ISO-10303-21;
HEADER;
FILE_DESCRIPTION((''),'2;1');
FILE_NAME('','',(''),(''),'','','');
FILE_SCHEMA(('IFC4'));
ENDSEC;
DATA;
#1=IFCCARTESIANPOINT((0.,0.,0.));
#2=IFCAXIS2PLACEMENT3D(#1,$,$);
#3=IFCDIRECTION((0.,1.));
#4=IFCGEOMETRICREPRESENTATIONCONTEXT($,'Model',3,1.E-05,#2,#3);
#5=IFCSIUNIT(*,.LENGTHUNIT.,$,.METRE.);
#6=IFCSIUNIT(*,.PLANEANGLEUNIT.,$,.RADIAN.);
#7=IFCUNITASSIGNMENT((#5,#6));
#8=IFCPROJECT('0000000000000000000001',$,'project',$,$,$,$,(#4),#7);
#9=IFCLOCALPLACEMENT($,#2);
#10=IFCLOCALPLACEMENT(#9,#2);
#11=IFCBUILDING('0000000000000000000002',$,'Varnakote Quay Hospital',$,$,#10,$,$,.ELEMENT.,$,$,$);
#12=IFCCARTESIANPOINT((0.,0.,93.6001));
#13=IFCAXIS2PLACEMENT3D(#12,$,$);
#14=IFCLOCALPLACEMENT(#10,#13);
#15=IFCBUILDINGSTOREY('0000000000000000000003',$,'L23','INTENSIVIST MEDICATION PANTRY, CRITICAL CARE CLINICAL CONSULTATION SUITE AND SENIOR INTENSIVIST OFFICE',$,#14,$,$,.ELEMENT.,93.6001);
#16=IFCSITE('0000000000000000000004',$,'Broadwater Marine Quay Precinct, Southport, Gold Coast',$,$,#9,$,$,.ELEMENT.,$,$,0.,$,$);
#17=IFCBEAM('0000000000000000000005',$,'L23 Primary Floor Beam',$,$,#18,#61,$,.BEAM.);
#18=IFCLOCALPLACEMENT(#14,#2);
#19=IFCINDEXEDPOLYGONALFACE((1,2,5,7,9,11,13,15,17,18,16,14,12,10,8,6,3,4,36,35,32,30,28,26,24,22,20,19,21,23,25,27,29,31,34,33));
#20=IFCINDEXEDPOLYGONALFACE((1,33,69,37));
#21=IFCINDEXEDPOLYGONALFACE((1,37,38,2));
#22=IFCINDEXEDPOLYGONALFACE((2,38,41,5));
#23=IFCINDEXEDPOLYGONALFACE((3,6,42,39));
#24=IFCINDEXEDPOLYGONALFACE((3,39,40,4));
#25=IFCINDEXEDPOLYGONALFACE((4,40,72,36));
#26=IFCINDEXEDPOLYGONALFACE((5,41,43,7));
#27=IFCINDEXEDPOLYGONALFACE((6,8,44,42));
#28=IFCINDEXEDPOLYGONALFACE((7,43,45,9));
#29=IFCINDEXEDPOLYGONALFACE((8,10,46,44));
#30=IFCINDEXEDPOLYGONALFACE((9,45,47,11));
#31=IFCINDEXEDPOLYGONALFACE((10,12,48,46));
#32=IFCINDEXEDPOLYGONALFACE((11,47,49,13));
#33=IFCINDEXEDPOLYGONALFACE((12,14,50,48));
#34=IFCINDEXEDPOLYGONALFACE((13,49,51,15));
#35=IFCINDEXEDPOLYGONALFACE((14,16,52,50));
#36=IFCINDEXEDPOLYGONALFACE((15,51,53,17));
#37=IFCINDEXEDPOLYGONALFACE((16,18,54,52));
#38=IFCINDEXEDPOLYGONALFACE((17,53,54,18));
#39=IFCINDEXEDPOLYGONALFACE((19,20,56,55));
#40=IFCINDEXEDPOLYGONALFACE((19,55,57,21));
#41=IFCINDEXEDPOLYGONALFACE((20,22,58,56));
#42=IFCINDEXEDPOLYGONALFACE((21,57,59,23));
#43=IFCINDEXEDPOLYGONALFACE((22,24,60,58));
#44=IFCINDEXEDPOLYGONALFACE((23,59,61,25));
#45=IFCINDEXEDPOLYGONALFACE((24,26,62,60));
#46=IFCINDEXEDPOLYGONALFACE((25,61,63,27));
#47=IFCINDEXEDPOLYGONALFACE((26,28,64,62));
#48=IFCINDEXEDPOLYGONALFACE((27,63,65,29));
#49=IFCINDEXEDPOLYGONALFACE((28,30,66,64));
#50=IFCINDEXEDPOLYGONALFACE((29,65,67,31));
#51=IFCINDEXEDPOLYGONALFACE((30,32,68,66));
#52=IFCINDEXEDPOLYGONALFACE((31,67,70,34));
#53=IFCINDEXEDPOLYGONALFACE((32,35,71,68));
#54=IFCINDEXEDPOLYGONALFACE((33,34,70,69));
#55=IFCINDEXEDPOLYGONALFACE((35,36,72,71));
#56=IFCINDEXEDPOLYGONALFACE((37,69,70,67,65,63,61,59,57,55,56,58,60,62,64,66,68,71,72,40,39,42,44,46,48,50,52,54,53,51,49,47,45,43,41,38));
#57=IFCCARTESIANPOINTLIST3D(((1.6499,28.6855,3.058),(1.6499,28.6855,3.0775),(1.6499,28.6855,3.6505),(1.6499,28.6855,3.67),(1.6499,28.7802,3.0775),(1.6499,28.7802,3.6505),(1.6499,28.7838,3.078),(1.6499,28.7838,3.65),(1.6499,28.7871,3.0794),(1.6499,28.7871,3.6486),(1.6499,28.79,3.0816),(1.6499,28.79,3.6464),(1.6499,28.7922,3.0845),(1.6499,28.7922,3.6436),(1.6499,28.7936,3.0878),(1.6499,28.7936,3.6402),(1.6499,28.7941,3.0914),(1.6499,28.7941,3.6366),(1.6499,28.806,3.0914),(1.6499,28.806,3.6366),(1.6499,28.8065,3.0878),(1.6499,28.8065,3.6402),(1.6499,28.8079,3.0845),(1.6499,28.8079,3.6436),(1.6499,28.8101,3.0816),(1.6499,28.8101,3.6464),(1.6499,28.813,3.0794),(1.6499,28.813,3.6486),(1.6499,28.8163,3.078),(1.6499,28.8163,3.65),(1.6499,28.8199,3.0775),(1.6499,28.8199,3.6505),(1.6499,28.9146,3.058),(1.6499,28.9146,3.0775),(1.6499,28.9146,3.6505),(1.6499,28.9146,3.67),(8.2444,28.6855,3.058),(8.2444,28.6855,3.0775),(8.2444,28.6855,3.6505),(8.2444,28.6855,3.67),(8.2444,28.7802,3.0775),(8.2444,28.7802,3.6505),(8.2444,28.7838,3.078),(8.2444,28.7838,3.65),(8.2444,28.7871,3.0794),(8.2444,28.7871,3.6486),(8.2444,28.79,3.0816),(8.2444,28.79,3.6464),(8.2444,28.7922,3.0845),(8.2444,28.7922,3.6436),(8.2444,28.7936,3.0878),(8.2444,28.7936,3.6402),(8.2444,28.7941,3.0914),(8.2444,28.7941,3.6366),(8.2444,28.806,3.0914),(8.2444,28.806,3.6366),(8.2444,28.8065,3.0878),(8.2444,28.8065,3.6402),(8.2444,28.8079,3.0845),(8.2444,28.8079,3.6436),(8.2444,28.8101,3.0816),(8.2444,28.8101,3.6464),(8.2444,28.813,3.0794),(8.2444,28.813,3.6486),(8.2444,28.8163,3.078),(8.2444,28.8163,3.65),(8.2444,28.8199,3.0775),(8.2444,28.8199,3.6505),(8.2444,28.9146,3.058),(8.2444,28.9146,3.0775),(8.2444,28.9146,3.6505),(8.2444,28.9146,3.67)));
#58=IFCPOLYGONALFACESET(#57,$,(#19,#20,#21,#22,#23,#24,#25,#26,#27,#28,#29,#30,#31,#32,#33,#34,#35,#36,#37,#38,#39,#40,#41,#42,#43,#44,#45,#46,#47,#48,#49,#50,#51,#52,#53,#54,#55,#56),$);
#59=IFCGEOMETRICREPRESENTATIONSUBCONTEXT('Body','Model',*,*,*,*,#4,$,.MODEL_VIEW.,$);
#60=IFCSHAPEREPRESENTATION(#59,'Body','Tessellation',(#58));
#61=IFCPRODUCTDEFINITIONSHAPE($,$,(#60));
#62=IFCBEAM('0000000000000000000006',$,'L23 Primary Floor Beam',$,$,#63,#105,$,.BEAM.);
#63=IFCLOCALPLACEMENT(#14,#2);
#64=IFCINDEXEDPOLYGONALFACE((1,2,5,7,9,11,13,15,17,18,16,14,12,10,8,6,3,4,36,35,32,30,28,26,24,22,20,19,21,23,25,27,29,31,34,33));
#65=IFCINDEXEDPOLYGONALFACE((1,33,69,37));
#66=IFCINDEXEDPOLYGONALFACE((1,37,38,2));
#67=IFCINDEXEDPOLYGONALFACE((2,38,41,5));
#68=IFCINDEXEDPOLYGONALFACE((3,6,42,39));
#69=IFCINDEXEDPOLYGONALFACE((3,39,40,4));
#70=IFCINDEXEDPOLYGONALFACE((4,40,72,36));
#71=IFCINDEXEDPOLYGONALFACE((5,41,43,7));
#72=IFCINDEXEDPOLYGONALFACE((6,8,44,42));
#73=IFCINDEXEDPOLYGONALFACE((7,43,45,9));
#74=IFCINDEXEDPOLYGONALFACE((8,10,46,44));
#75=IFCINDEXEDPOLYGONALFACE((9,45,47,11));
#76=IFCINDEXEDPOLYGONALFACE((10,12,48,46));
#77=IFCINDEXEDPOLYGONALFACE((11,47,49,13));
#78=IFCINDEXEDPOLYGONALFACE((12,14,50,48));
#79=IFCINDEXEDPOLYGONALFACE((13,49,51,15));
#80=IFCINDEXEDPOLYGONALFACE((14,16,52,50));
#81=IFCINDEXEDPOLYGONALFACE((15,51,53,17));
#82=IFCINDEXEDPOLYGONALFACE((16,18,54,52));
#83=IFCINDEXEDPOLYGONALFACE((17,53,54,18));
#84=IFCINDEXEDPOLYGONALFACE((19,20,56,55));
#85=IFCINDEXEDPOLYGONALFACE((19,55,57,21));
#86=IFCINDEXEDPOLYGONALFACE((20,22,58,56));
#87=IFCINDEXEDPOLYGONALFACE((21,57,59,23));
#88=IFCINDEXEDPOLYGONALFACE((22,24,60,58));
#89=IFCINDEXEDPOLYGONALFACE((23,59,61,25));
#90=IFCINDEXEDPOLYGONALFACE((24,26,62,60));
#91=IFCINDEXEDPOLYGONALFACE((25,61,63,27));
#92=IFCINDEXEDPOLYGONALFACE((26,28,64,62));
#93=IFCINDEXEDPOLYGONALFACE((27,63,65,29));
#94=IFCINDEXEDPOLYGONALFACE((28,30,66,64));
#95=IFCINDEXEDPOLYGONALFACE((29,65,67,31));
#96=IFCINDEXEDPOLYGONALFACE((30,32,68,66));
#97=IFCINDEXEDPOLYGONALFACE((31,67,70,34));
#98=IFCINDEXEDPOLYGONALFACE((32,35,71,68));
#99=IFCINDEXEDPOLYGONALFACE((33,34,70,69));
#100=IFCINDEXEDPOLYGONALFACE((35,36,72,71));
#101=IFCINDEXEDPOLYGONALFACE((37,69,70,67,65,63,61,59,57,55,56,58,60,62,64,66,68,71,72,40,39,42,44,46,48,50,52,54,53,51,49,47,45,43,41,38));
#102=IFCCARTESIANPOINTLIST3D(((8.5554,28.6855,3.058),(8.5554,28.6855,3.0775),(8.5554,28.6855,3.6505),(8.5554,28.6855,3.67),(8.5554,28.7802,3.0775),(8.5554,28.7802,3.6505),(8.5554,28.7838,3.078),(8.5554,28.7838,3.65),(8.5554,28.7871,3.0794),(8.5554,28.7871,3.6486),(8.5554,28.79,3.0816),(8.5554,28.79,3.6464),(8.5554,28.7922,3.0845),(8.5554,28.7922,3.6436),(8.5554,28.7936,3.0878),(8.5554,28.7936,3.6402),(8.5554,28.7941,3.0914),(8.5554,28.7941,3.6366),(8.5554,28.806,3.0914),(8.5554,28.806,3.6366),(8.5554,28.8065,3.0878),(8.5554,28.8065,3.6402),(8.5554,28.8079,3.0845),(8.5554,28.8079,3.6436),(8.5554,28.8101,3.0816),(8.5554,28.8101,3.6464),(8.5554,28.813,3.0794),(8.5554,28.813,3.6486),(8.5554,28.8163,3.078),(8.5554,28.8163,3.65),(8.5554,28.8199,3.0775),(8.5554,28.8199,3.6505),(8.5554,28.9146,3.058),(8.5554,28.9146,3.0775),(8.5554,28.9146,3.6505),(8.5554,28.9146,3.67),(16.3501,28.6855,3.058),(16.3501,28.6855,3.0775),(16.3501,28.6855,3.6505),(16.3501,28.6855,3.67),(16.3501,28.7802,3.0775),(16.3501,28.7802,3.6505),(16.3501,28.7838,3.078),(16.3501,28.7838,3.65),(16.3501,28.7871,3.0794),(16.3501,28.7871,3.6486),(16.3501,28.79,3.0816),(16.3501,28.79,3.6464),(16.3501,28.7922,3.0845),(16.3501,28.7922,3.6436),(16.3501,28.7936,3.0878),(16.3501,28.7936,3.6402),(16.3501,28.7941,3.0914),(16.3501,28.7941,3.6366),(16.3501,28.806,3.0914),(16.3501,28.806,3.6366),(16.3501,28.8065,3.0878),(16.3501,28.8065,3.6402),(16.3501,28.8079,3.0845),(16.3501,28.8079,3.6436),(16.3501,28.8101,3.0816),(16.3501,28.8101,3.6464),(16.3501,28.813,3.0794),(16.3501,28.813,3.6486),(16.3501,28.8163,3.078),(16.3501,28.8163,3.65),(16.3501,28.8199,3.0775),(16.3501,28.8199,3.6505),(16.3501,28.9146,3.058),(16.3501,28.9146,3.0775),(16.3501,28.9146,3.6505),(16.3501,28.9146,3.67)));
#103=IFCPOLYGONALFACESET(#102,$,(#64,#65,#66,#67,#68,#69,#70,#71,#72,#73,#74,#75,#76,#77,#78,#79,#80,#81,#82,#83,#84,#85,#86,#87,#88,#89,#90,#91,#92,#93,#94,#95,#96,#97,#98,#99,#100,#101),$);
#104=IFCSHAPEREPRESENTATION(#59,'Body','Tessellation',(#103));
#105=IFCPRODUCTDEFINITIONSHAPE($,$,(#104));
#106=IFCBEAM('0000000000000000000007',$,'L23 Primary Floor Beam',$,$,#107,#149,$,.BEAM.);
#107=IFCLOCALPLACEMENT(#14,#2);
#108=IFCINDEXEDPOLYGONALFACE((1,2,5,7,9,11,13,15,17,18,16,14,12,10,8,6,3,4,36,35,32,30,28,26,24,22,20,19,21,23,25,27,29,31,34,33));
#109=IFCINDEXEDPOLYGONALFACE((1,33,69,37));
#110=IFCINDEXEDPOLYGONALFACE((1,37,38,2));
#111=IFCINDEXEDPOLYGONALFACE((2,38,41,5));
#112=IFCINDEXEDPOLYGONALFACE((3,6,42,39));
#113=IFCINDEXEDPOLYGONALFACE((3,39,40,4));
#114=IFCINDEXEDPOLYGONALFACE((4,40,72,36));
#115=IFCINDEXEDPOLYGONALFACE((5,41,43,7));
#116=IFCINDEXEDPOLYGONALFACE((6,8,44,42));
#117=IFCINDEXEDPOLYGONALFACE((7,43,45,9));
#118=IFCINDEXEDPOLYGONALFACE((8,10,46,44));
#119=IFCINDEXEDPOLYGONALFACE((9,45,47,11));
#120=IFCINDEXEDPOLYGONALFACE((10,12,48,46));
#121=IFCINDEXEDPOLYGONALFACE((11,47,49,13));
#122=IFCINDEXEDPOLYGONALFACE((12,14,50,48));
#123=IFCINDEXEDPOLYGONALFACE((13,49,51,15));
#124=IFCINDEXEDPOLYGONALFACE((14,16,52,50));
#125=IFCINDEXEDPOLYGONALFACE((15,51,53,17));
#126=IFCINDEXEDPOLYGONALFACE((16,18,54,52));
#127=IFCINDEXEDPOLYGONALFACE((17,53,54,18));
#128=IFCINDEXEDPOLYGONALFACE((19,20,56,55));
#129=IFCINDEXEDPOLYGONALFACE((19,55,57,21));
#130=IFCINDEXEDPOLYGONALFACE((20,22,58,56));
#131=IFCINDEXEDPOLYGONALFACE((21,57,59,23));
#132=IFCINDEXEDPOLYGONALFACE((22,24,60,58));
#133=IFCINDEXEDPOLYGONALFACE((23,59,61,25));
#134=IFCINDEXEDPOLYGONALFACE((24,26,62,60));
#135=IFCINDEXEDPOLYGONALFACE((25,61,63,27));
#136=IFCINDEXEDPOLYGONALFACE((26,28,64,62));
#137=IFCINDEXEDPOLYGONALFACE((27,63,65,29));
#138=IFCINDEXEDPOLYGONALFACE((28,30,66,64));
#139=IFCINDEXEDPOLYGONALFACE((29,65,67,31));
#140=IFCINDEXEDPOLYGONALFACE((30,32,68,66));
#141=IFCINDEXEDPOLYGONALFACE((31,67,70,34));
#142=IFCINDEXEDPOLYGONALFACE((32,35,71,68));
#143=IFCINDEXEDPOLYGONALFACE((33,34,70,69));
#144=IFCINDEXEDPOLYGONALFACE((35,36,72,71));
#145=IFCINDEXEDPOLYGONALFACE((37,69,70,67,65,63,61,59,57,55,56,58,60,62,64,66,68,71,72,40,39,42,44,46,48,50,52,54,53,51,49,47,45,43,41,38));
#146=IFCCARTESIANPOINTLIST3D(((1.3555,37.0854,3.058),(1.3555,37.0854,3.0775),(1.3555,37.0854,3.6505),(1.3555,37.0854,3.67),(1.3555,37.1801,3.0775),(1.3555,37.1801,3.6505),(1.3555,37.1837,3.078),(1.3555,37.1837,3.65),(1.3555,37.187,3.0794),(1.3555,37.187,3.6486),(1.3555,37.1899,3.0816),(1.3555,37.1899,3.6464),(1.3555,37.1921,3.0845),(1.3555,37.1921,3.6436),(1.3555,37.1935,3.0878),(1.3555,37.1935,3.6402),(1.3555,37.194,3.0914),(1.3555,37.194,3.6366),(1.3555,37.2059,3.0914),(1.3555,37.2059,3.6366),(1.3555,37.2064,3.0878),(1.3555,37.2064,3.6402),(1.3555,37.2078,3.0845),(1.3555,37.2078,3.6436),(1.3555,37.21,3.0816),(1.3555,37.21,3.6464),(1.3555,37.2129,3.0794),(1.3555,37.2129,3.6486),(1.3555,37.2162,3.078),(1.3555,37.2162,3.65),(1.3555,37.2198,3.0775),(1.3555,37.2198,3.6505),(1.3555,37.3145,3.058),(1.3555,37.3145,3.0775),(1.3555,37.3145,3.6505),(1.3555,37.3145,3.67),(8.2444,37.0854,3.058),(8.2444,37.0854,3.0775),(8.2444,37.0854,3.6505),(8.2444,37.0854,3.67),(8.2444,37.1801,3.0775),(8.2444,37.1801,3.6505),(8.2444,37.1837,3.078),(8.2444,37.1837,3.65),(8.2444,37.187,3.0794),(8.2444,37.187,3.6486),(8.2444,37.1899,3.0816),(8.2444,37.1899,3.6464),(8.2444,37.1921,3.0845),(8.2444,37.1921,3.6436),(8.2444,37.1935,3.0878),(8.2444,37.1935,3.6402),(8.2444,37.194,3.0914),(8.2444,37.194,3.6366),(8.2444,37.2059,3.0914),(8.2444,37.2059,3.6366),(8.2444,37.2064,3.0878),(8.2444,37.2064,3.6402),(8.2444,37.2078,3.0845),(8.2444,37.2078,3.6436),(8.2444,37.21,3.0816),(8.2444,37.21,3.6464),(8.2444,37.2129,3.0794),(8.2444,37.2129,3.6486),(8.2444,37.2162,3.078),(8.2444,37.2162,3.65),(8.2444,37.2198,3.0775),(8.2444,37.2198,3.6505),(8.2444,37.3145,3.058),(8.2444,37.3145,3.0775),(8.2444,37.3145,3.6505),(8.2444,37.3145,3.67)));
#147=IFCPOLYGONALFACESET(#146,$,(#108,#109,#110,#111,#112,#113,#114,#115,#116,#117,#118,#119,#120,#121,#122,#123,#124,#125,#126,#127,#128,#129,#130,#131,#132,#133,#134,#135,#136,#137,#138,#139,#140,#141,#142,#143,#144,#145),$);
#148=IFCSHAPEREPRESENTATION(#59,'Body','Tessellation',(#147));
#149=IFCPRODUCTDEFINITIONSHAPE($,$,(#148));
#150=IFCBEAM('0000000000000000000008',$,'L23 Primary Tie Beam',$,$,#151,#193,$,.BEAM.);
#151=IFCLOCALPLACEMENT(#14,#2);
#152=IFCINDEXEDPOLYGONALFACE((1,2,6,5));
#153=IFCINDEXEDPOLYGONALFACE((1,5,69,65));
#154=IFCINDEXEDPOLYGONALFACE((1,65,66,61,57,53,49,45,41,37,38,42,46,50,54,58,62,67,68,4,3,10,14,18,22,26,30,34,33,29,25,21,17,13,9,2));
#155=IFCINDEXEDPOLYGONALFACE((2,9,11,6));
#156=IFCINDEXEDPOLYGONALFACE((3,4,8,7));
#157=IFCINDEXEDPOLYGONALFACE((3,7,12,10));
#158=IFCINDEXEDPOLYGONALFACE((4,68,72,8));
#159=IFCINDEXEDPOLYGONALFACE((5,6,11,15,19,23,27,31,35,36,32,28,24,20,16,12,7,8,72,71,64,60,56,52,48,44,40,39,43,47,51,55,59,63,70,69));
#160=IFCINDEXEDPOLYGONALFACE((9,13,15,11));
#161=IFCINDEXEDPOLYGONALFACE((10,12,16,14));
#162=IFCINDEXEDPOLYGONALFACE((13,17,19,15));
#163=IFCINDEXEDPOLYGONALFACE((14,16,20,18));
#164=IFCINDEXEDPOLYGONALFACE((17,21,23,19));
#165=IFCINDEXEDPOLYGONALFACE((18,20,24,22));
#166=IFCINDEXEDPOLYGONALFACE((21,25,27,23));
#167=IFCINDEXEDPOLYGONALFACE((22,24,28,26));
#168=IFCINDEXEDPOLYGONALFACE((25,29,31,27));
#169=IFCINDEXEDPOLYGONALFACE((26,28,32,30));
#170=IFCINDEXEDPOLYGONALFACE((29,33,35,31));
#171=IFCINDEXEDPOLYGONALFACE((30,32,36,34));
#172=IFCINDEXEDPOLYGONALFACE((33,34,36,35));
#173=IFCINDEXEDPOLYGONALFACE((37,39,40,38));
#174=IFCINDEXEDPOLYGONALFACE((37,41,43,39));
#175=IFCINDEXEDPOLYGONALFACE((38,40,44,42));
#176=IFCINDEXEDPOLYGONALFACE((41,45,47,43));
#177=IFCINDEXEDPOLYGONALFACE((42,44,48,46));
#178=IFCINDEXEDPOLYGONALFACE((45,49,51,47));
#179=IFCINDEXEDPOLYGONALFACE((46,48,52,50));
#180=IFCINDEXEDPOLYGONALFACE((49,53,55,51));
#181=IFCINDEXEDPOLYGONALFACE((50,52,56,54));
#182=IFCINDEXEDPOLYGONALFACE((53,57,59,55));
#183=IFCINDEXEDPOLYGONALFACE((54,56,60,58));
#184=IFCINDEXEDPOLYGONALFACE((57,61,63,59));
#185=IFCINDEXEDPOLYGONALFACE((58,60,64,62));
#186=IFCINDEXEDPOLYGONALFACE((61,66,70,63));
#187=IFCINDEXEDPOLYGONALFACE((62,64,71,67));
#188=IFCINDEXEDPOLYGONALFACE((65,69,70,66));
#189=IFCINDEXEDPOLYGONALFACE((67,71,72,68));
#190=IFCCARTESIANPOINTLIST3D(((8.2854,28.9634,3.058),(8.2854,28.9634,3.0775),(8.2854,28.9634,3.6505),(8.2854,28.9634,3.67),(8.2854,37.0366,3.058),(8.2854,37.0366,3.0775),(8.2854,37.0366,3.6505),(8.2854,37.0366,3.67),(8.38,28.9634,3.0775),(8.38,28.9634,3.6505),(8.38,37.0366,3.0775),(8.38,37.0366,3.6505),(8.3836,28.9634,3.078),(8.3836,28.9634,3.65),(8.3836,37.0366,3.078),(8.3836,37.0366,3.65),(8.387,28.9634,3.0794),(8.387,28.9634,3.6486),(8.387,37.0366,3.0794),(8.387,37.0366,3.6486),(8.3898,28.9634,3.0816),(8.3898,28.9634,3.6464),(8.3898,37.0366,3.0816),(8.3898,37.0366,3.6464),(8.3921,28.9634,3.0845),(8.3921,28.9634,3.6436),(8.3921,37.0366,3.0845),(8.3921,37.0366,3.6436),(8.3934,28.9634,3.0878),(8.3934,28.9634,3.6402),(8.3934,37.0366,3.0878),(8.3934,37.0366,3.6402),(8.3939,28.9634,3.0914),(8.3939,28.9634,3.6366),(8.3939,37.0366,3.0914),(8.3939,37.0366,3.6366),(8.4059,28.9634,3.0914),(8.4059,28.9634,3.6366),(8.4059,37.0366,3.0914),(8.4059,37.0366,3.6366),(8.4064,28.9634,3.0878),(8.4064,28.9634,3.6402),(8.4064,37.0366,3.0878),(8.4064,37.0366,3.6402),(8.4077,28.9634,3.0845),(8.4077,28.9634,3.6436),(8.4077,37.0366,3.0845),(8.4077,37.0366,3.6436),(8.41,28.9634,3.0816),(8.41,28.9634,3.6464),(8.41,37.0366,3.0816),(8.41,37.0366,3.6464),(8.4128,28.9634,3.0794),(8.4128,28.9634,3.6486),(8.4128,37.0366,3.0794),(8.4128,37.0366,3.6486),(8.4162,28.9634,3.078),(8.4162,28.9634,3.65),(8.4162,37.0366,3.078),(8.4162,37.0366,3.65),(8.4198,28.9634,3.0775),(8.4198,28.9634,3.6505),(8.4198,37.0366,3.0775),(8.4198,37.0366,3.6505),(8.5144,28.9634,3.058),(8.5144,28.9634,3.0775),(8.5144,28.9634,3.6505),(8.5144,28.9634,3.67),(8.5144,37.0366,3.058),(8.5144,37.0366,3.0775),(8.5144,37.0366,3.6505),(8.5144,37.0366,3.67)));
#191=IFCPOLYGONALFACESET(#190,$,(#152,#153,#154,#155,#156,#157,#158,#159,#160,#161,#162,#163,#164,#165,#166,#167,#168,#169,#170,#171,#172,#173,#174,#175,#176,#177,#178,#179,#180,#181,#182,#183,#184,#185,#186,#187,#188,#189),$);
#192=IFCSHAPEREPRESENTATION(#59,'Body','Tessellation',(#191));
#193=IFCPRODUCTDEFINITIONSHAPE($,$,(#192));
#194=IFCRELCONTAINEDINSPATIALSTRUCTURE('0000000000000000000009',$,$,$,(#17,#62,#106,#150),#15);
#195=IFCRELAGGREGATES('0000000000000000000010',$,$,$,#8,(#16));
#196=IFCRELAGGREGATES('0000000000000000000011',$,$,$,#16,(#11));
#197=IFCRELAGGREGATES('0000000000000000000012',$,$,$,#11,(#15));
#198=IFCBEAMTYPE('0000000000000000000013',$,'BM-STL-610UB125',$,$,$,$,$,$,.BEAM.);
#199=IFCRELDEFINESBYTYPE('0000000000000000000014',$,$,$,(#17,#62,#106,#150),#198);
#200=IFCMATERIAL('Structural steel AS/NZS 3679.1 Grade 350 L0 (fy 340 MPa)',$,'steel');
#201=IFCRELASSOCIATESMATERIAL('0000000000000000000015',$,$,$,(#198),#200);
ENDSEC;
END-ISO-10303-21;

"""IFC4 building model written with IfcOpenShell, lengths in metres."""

from ifc_helpers import new_model, si_unit, direction, frame, origin, origin_2d, place, context, subcontext, project, spatial, i_section, extrude, material, material_profile, profile_set, type_object, element, save


model = new_model("IFC4")

# Units and contexts
model_context = context("Model", 3, precision=1e-05, world=origin(), true_north=direction((0.0, 1.0)))
body_context = subcontext(model_context, "Body", "Model", "MODEL_VIEW")
ifc_project = project(units=[si_unit("LENGTHUNIT", "METRE"), si_unit("PLANEANGLEUNIT", "RADIAN")], contexts=[model_context])

# Site, building, storey
site_placement = place(None, origin())
site = spatial("IfcSite", under=ifc_project, at=site_placement, Name="Broadwater Marine Quay Precinct, Southport, Gold Coast", CompositionType="ELEMENT", RefElevation=0.0)
building_placement = place(site_placement, origin())
building = spatial("IfcBuilding", under=site, at=building_placement, Name="Varnakote Quay Hospital", CompositionType="ELEMENT")
storey_placement = place(building_placement, frame((0.0, 0.0, 93.6001)))
storey = spatial("IfcBuildingStorey", under=building, at=storey_placement, Name="L23", Description="INTENSIVIST MEDICATION PANTRY, CRITICAL CARE CLINICAL CONSULTATION SUITE AND SENIOR INTENSIVIST OFFICE", CompositionType="ELEMENT", Elevation=93.6001)

# Beams
ifc_material_1 = material(Name="Structural steel AS/NZS 3679.1 Grade 350 L0 (fy 340 MPa)", Category="steel")
ifc_material_profile_1 = material_profile(ifc_material_1, i_section(OverallWidth=0.229, OverallDepth=0.6121, WebThickness=0.012, FlangeThickness=0.0195, FilletRadius=0.0139, at=origin_2d()), Name="610UB125")
ifc_profile_set_1 = profile_set([ifc_material_profile_1], Name="Structural steel AS/NZS 3679.1 Grade 350 L0 (fy 340 MPa)")
beam_type_1 = type_object("IfcBeamType", Name="BM-STL-610UB125", PredefinedType="BEAM", material=ifc_profile_set_1)
beam_1_placement = place(storey_placement, frame((1.6499, 28.8, 3.364), z_axis=(1.0, 0.0, 0.0), x_axis=(0.0, 1.0, 0.0)))
element("IfcBeam", 1, at=beam_1_placement, inside=storey, type_object=beam_type_1, Name="L23 Primary Floor Beam", PredefinedType="BEAM", context=body_context, shape_type="SweptSolid", body=[
    extrude(i_section(OverallWidth=0.229, OverallDepth=0.6121, WebThickness=0.012, FlangeThickness=0.0195, FilletRadius=0.0139, at=origin_2d()), origin(), (0.0, 0.0, 1.0), 6.5945),
])
beam_2_placement = place(storey_placement, frame((8.5554, 28.8, 3.364), z_axis=(1.0, 0.0, 0.0), x_axis=(0.0, 1.0, 0.0)))
element("IfcBeam", 2, at=beam_2_placement, inside=storey, type_object=beam_type_1, Name="L23 Primary Floor Beam", PredefinedType="BEAM", context=body_context, shape_type="SweptSolid", body=[
    extrude(i_section(OverallWidth=0.229, OverallDepth=0.6121, WebThickness=0.012, FlangeThickness=0.0195, FilletRadius=0.0139, at=origin_2d()), origin(), (0.0, 0.0, 1.0), 7.7947),
])
beam_3_placement = place(storey_placement, frame((1.3555, 37.2, 3.364), z_axis=(1.0, 0.0, 0.0), x_axis=(0.0, 1.0, 0.0)))
element("IfcBeam", 3, at=beam_3_placement, inside=storey, type_object=beam_type_1, Name="L23 Primary Floor Beam", PredefinedType="BEAM", context=body_context, shape_type="SweptSolid", body=[
    extrude(i_section(OverallWidth=0.229, OverallDepth=0.6121, WebThickness=0.012, FlangeThickness=0.0195, FilletRadius=0.0139, at=origin_2d()), origin(), (0.0, 0.0, 1.0), 6.8889),
])
beam_4_placement = place(storey_placement, frame((8.3999, 28.9634, 3.364), z_axis=(0.0, 1.0, 0.0), x_axis=(-1.0, 0.0, 0.0)))
element("IfcBeam", 4, at=beam_4_placement, inside=storey, type_object=beam_type_1, Name="L23 Primary Tie Beam", PredefinedType="BEAM", context=body_context, shape_type="SweptSolid", body=[
    extrude(i_section(OverallWidth=0.229, OverallDepth=0.6121, WebThickness=0.012, FlangeThickness=0.0195, FilletRadius=0.0139, at=origin_2d()), origin(), (0.0, 0.0, 1.0), 8.0732),
])

save(model, "model.ifc")
